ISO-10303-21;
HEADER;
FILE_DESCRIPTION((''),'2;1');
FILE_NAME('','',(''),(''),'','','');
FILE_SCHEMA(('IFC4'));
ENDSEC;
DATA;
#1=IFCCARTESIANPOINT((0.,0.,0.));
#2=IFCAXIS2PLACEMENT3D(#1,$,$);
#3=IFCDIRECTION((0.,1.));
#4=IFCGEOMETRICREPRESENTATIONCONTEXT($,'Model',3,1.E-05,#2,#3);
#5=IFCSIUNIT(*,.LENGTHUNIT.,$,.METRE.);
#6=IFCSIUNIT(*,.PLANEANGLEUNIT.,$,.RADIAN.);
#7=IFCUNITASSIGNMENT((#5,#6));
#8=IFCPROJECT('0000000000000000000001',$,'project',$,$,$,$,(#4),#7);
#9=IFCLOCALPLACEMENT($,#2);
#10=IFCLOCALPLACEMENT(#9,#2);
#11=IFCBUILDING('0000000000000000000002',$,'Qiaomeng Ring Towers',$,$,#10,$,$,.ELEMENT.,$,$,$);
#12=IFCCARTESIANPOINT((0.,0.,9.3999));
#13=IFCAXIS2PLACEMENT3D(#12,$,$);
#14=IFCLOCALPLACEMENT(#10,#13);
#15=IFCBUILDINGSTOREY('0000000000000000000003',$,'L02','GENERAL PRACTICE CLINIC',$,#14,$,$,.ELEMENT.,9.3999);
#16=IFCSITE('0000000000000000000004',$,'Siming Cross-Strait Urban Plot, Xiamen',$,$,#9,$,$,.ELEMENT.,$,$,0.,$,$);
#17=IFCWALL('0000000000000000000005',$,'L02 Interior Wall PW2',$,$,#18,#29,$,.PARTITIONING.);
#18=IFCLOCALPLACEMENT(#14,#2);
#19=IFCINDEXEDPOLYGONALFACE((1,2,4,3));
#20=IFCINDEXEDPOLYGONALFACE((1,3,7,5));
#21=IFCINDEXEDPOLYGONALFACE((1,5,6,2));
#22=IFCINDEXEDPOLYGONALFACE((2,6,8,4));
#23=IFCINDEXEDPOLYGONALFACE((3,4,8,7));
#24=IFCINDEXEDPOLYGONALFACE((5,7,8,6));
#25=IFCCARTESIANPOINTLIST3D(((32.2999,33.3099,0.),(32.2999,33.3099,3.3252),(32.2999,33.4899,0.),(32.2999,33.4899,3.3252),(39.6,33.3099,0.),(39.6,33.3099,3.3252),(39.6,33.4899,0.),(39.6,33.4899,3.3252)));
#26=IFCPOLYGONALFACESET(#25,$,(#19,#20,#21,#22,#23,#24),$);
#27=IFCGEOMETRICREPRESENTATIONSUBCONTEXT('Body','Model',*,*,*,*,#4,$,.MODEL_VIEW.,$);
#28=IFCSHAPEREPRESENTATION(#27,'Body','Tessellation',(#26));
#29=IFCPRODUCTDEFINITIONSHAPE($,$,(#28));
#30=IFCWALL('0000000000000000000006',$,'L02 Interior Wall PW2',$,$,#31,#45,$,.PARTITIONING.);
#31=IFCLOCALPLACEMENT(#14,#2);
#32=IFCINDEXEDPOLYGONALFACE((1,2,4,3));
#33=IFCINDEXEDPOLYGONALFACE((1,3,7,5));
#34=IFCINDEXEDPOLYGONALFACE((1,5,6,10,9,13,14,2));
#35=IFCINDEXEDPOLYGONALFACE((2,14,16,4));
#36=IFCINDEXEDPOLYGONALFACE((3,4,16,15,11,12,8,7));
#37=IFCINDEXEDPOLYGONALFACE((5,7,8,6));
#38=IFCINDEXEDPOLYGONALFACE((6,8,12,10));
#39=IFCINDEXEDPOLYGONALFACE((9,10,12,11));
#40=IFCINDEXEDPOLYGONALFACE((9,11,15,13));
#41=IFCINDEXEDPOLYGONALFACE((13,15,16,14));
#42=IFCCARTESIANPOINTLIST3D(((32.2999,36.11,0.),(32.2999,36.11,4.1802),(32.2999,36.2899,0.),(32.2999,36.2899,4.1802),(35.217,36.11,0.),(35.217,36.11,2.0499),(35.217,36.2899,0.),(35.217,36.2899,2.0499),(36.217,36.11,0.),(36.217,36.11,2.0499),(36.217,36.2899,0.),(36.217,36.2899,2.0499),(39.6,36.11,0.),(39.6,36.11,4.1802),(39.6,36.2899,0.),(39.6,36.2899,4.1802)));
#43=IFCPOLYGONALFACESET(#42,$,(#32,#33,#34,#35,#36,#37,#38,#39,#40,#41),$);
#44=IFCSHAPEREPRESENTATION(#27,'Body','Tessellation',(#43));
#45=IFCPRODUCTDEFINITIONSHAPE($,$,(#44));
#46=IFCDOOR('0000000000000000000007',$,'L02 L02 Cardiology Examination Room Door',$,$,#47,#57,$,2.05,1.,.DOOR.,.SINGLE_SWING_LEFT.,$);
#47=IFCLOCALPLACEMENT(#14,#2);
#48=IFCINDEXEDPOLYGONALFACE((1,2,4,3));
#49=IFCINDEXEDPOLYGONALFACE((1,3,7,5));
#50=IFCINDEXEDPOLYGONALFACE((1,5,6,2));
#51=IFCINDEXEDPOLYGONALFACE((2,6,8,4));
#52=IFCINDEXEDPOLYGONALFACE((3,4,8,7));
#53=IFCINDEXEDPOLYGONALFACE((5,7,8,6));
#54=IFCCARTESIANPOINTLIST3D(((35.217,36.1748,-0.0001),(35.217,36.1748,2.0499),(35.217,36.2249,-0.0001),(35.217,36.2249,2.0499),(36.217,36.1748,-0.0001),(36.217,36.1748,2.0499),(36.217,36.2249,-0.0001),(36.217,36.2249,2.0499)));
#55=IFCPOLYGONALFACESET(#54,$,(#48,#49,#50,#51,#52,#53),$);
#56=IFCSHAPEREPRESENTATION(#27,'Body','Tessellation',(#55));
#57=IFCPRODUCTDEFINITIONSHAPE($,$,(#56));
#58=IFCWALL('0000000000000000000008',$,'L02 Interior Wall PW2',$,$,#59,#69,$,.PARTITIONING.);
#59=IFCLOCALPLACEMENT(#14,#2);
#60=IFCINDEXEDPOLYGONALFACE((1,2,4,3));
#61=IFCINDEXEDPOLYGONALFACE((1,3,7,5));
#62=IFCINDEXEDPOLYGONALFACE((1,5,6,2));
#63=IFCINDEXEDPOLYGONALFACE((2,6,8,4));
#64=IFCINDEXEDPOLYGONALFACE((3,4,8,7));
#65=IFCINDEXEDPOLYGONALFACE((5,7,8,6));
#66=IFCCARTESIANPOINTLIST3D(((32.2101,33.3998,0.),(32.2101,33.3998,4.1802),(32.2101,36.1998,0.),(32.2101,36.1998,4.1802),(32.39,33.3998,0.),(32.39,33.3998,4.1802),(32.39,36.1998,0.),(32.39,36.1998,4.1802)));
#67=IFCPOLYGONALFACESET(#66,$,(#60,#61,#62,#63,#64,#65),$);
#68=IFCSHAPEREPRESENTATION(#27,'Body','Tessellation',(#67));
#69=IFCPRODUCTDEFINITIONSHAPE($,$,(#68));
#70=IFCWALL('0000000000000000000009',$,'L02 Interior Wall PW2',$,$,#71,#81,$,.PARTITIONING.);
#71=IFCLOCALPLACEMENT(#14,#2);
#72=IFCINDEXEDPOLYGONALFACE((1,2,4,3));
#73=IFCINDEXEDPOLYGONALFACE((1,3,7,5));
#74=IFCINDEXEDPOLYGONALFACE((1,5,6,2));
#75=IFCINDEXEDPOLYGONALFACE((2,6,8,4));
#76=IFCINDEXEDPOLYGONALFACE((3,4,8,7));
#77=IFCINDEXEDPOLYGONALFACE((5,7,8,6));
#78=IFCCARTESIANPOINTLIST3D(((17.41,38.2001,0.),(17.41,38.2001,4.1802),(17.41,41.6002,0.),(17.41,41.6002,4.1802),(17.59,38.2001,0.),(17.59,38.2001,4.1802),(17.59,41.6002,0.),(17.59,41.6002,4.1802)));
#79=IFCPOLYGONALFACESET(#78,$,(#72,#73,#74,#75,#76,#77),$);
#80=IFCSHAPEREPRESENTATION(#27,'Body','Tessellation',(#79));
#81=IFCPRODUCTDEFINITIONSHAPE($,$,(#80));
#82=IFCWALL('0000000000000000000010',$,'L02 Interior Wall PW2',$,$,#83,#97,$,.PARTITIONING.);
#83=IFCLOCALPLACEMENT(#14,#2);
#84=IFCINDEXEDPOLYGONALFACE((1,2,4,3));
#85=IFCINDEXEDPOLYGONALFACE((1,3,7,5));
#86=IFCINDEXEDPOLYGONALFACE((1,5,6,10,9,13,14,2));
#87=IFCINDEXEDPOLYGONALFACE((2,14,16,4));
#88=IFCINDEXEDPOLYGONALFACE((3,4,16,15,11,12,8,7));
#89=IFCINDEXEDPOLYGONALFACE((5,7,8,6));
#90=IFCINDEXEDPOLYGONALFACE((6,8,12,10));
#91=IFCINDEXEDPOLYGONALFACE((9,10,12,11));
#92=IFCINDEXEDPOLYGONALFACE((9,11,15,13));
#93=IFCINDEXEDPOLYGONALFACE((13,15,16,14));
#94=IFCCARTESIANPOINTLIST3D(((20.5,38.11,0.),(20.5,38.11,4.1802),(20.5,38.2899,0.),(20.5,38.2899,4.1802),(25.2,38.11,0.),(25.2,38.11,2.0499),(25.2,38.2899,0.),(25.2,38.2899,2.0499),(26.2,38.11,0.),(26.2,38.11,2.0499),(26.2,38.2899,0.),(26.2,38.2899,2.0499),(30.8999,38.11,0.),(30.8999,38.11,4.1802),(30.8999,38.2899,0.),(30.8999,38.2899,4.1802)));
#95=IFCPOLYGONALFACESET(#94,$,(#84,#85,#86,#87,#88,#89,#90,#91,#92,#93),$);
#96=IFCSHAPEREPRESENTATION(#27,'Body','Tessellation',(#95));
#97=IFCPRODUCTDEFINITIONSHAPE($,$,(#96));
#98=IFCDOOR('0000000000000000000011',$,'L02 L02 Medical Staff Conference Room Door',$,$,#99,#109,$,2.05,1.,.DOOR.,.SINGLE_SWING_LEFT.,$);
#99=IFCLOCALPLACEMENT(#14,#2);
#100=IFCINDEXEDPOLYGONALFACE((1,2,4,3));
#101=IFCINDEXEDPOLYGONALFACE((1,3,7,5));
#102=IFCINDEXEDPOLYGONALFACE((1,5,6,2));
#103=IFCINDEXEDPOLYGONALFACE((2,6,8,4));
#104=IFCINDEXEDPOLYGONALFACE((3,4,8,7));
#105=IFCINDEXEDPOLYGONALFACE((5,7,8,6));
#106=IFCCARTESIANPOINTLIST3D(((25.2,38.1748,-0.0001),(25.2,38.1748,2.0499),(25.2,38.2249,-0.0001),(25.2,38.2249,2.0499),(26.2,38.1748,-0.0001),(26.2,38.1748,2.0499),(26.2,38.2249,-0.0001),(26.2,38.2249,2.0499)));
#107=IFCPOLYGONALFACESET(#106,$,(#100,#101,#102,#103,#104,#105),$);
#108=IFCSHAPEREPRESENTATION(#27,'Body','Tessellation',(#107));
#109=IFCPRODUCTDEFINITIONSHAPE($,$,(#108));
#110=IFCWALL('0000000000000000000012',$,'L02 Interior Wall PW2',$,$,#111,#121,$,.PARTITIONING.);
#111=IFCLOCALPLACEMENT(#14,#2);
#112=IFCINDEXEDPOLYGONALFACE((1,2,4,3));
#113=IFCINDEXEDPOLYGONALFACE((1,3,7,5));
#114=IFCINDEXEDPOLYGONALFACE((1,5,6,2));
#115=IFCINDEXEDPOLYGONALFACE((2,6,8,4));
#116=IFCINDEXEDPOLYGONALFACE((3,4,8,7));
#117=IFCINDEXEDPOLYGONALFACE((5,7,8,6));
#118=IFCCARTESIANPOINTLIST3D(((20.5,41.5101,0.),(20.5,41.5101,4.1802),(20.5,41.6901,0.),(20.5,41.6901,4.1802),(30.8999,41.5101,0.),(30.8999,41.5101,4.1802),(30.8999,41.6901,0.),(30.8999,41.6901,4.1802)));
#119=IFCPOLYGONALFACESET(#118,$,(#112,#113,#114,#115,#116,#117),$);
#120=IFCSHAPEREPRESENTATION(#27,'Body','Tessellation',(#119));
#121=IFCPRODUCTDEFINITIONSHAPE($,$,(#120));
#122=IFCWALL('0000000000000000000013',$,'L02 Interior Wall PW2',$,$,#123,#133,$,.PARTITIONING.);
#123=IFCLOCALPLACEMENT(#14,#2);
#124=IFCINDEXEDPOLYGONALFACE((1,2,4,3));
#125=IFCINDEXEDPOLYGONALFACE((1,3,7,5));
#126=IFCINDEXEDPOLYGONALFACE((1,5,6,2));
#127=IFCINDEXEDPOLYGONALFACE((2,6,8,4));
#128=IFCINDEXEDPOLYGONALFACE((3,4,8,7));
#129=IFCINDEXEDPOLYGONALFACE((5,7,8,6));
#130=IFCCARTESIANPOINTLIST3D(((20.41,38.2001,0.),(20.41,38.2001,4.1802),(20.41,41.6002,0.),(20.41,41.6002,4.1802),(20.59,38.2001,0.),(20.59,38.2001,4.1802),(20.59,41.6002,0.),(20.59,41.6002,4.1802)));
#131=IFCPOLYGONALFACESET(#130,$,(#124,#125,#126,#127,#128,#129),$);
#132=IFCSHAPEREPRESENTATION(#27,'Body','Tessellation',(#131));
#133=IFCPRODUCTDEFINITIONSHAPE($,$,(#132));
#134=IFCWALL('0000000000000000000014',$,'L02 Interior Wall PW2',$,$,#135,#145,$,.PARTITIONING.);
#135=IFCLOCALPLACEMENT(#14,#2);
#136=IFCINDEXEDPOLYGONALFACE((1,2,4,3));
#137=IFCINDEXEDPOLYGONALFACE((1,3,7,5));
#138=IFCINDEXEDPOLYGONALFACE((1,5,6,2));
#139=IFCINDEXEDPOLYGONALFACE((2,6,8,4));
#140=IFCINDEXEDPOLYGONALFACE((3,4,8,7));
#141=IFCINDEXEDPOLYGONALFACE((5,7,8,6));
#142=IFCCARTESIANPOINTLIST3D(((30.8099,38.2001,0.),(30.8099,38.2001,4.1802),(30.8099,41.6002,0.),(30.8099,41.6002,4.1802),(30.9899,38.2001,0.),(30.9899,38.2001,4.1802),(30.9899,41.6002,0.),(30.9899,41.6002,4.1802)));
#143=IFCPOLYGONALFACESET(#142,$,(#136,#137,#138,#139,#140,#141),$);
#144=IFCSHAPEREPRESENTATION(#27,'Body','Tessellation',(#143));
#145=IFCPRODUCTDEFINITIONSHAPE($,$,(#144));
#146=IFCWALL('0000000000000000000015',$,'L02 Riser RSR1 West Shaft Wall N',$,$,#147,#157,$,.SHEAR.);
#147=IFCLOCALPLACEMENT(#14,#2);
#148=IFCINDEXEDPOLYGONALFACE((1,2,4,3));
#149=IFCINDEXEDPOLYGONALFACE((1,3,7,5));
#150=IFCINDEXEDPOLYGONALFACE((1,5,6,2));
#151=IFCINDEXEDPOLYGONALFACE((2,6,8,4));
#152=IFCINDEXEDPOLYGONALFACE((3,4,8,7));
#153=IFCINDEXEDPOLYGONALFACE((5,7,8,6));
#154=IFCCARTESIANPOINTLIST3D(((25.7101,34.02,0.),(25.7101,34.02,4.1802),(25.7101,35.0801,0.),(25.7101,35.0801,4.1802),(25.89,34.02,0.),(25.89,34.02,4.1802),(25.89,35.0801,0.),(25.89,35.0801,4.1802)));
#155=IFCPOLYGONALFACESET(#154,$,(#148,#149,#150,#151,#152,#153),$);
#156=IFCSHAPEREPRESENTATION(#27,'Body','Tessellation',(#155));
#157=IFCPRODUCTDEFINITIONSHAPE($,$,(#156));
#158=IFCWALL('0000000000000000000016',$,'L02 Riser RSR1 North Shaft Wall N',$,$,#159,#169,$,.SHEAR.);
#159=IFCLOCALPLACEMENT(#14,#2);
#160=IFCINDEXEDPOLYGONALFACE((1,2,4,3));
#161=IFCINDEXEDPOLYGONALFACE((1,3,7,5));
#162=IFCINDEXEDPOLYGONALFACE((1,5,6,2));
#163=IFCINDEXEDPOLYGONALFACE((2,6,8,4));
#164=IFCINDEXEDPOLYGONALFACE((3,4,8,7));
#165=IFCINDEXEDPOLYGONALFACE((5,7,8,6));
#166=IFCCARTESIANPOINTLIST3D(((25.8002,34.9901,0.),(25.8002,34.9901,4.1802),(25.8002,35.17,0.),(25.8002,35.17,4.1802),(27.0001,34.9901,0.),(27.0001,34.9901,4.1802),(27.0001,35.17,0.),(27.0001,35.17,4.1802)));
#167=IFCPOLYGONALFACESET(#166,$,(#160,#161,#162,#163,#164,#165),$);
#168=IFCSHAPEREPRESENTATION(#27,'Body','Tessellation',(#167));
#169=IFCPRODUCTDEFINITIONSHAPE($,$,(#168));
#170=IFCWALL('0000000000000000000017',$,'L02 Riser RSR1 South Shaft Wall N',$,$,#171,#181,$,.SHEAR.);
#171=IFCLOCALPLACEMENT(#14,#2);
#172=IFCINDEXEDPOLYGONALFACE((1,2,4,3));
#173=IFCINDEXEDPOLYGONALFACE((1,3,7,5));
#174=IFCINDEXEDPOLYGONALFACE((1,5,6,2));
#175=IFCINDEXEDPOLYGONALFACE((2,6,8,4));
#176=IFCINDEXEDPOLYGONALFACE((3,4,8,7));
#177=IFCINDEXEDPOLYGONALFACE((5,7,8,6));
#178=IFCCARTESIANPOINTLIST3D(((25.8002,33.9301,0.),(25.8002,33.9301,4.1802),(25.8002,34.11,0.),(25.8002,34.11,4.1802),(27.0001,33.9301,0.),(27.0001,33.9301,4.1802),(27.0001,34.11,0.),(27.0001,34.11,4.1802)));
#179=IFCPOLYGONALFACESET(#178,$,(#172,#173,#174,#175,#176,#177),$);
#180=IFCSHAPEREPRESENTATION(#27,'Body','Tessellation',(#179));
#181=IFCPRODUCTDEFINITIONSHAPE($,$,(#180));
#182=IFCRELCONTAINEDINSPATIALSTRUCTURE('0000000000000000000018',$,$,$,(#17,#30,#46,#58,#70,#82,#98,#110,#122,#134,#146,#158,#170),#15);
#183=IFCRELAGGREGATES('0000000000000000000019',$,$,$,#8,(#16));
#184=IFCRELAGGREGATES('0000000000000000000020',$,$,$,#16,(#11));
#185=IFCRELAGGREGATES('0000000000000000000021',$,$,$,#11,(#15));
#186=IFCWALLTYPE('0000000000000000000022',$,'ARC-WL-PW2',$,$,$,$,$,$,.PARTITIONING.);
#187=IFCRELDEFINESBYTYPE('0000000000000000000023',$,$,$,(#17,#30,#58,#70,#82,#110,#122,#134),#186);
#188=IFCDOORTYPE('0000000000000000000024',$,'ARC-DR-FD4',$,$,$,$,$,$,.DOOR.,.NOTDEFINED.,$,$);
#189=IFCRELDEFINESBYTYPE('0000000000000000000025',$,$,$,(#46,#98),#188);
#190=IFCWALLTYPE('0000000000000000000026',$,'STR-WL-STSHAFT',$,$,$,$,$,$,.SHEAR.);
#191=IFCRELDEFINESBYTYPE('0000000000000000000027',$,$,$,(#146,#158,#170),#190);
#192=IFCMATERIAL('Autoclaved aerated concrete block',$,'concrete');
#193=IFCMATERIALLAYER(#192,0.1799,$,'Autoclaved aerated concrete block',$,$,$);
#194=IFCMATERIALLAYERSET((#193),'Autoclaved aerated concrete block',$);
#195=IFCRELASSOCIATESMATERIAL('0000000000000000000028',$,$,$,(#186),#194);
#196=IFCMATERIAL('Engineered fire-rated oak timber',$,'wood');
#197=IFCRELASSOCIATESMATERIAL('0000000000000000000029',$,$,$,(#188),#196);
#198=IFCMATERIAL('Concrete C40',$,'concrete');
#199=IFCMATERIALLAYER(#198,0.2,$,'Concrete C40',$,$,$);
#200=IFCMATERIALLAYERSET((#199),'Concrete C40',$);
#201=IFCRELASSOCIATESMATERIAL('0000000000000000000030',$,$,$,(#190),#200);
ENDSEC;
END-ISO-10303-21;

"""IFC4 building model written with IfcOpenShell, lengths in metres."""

from ifc_helpers import new_model, si_unit, direction, frame, frame_2d, origin, place, context, subcontext, project, spatial, rectangle, extrude, source, transform, mapped, material, layer, layer_set, type_object, element, fill, save


model = new_model("IFC4")

# Units and contexts
model_context = context("Model", 3, precision=1e-05, world=origin(), true_north=direction((0.0, 1.0)))
body_context = subcontext(model_context, "Body", "Model", "MODEL_VIEW")
ifc_project = project(units=[si_unit("LENGTHUNIT", "METRE"), si_unit("PLANEANGLEUNIT", "RADIAN")], contexts=[model_context])

# Site, building, storey
site_placement = place(None, origin())
site = spatial("IfcSite", under=ifc_project, at=site_placement, Name="Siming Cross-Strait Urban Plot, Xiamen", CompositionType="ELEMENT", RefElevation=0.0)
building_placement = place(site_placement, origin())
building = spatial("IfcBuilding", under=site, at=building_placement, Name="Qiaomeng Ring Towers", CompositionType="ELEMENT")
storey_placement = place(building_placement, frame((0.0, 0.0, 9.3999)))
storey = spatial("IfcBuildingStorey", under=building, at=storey_placement, Name="L02", Description="GENERAL PRACTICE CLINIC", CompositionType="ELEMENT", Elevation=9.3999)

# Wall
ifc_material_1 = material(Name="Autoclaved aerated concrete block", Category="concrete")
ifc_layer_1 = layer(ifc_material_1, 0.1799, Name="Autoclaved aerated concrete block")
ifc_layer_set_1 = layer_set([ifc_layer_1], Name="Autoclaved aerated concrete block")
wall_type_1 = type_object("IfcWallType", Name="ARC-WL-PW2", PredefinedType="PARTITIONING", material=ifc_layer_set_1)
wall_1_placement = place(storey_placement, frame((32.3, 33.3999, 0.0), z_axis=(0.0, 0.0, 1.0), x_axis=(1.0, 0.0, 0.0)))
element("IfcWall", 1, at=wall_1_placement, inside=storey, type_object=wall_type_1, Name="L02 Interior Wall PW2", PredefinedType="PARTITIONING", context=body_context, shape_type="SweptSolid", body=[
    extrude(rectangle(XDim=7.3, YDim=0.1799, at=frame_2d((3.6499, 0.0))), origin(), (0.0, 0.0, 1.0), 3.3252),
])

# Wall, opening, door
wall_2_placement = place(storey_placement, frame((32.3, 36.2, 0.0), z_axis=(0.0, 0.0, 1.0), x_axis=(1.0, 0.0, 0.0)))
wall_2 = element("IfcWall", 2, at=wall_2_placement, inside=storey, type_object=wall_type_1, Name="L02 Interior Wall PW2", PredefinedType="PARTITIONING", context=body_context, shape_type="SweptSolid", body=[
    extrude(rectangle(XDim=7.3, YDim=0.1799, at=frame_2d((3.6499, 0.0))), origin(), (0.0, 0.0, 1.0), 4.1802),
])
opening_1_placement = place(wall_2_placement, frame((2.917, 0.0, 0.0)))
opening_1 = element("IfcOpeningElement", 3, at=opening_1_placement, cuts=wall_2, PredefinedType="OPENING", context=body_context, shape_type="SweptSolid", body=[
    extrude(rectangle(XDim=1.0, YDim=2.05, at=frame_2d((0.5, 1.0249))), frame((0.0, 0.0999, 0.0), z_axis=(0.0, -1.0, 0.0), x_axis=(1.0, 0.0, 0.0)), (0.0, 0.0, 1.0), 0.2),
])
ifc_material_2 = material(Name="Engineered fire-rated oak timber", Category="wood")
door_type_1 = type_object("IfcDoorType", Name="ARC-DR-FD4", OperationType="NOTDEFINED", PredefinedType="DOOR", material=ifc_material_2)
shared_shape_1 = source(origin(), body_context, "Body", "SweptSolid", [
    extrude(rectangle(XDim=1.0, YDim=2.05, at=frame_2d((0.5, 1.0249))), frame((0.0, 0.0249, 0.0), z_axis=(0.0, -1.0, 0.0), x_axis=(1.0, 0.0, 0.0)), (0.0, 0.0, 1.0), 0.05),
])
door_1_placement = place(opening_1_placement, origin())
door_1 = element("IfcDoor", 4, at=door_1_placement, inside=storey, type_object=door_type_1, Name="L02 L02 Cardiology Examination Room Door", OperationType="SINGLE_SWING_LEFT", OverallHeight=2.05, OverallWidth=1.0, PredefinedType="DOOR", context=body_context, shape_type="MappedRepresentation", body=[
    mapped(shared_shape_1, transform((0.0, 0.0, 0.0), x_axis=(1.0, 0.0, 0.0), y_axis=(0.0, 1.0, 0.0), z_axis=(0.0, 0.0, 1.0), scale=1.0)),
])
fill(opening_1, door_1)

# Walls
wall_3_placement = place(storey_placement, frame((32.3, 33.3999, 0.0), z_axis=(0.0, 0.0, 1.0), x_axis=(0.0, 1.0, 0.0)))
element("IfcWall", 5, at=wall_3_placement, inside=storey, type_object=wall_type_1, Name="L02 Interior Wall PW2", PredefinedType="PARTITIONING", context=body_context, shape_type="SweptSolid", body=[
    extrude(rectangle(XDim=2.8, YDim=0.1799, at=frame_2d((1.3999, 0.0))), origin(), (0.0, 0.0, 1.0), 4.1802),
])
wall_4_placement = place(storey_placement, frame((17.5, 38.2, 0.0), z_axis=(0.0, 0.0, 1.0), x_axis=(0.0, 1.0, 0.0)))
element("IfcWall", 6, at=wall_4_placement, inside=storey, type_object=wall_type_1, Name="L02 Interior Wall PW2", PredefinedType="PARTITIONING", context=body_context, shape_type="SweptSolid", body=[
    extrude(rectangle(XDim=3.4001, YDim=0.1799, at=frame_2d((1.7002, 0.0))), origin(), (0.0, 0.0, 1.0), 4.1802),
])

# Wall, opening, door
wall_5_placement = place(storey_placement, frame((20.5, 38.2, 0.0), z_axis=(0.0, 0.0, 1.0), x_axis=(1.0, 0.0, 0.0)))
wall_5 = element("IfcWall", 7, at=wall_5_placement, inside=storey, type_object=wall_type_1, Name="L02 Interior Wall PW2", PredefinedType="PARTITIONING", context=body_context, shape_type="SweptSolid", body=[
    extrude(rectangle(XDim=10.3999, YDim=0.1799, at=frame_2d((5.2, 0.0))), origin(), (0.0, 0.0, 1.0), 4.1802),
])
opening_2_placement = place(wall_5_placement, frame((4.7, 0.0, 0.0)))
opening_2 = element("IfcOpeningElement", 8, at=opening_2_placement, cuts=wall_5, PredefinedType="OPENING", context=body_context, shape_type="SweptSolid", body=[
    extrude(rectangle(XDim=1.0, YDim=2.05, at=frame_2d((0.5, 1.0249))), frame((0.0, 0.0999, 0.0), z_axis=(0.0, -1.0, 0.0), x_axis=(1.0, 0.0, 0.0)), (0.0, 0.0, 1.0), 0.2),
])
door_2_placement = place(opening_2_placement, origin())
door_2 = element("IfcDoor", 9, at=door_2_placement, inside=storey, type_object=door_type_1, Name="L02 L02 Medical Staff Conference Room Door", OperationType="SINGLE_SWING_LEFT", OverallHeight=2.05, OverallWidth=1.0, PredefinedType="DOOR", context=body_context, shape_type="MappedRepresentation", body=[
    mapped(shared_shape_1, transform((0.0, 0.0, 0.0), x_axis=(1.0, 0.0, 0.0), y_axis=(0.0, 1.0, 0.0), z_axis=(0.0, 0.0, 1.0), scale=1.0)),
])
fill(opening_2, door_2)

# Walls
wall_6_placement = place(storey_placement, frame((20.5, 41.6001, 0.0), z_axis=(0.0, 0.0, 1.0), x_axis=(1.0, 0.0, 0.0)))
element("IfcWall", 10, at=wall_6_placement, inside=storey, type_object=wall_type_1, Name="L02 Interior Wall PW2", PredefinedType="PARTITIONING", context=body_context, shape_type="SweptSolid", body=[
    extrude(rectangle(XDim=10.3999, YDim=0.1799, at=frame_2d((5.2, 0.0))), origin(), (0.0, 0.0, 1.0), 4.1802),
])
for number, where, z_axis, x_axis, name in (
    (11, (20.5, 38.2, 0.0), (0.0, 0.0, 1.0), (0.0, 1.0, 0.0), "L02 Interior Wall PW2"),
    (12, (30.8999, 38.2, 0.0), (0.0, 0.0, 1.0), (0.0, 1.0, 0.0), "L02 Interior Wall PW2"),
):
    element("IfcWall", number, at=place(storey_placement, frame(where, z_axis=z_axis, x_axis=x_axis)), inside=storey, type_object=wall_type_1, Name=name, PredefinedType="PARTITIONING", context=body_context, shape_type="SweptSolid", body=[
        extrude(rectangle(XDim=3.4001, YDim=0.1799, at=frame_2d((1.7002, 0.0))), origin(), (0.0, 0.0, 1.0), 4.1802),
    ])
ifc_material_3 = material(Name="Concrete C40", Category="concrete")
ifc_layer_2 = layer(ifc_material_3, 0.2, Name="Concrete C40")
ifc_layer_set_2 = layer_set([ifc_layer_2], Name="Concrete C40")
wall_type_2 = type_object("IfcWallType", Name="STR-WL-STSHAFT", PredefinedType="SHEAR", material=ifc_layer_set_2)
wall_7_placement = place(storey_placement, frame((25.8, 34.02, 0.0), z_axis=(0.0, 0.0, 1.0), x_axis=(0.0, 1.0, 0.0)))
element("IfcWall", 13, at=wall_7_placement, inside=storey, type_object=wall_type_2, Name="L02 Riser RSR1 West Shaft Wall N", PredefinedType="SHEAR", context=body_context, shape_type="SweptSolid", body=[
    extrude(rectangle(XDim=1.0601, YDim=0.1799, at=frame_2d((0.53, 0.0))), origin(), (0.0, 0.0, 1.0), 4.1802),
])
for number, where, z_axis, x_axis, name in (
    (14, (25.8, 35.0801, 0.0), (0.0, 0.0, 1.0), (1.0, 0.0, 0.0), "L02 Riser RSR1 North Shaft Wall N"),
    (15, (25.8, 34.02, 0.0), (0.0, 0.0, 1.0), (1.0, 0.0, 0.0), "L02 Riser RSR1 South Shaft Wall N"),
):
    element("IfcWall", number, at=place(storey_placement, frame(where, z_axis=z_axis, x_axis=x_axis)), inside=storey, type_object=wall_type_2, Name=name, PredefinedType="SHEAR", context=body_context, shape_type="SweptSolid", body=[
        extrude(rectangle(XDim=1.2, YDim=0.1799, at=frame_2d((0.6001, 0.0))), origin(), (0.0, 0.0, 1.0), 4.1802),
    ])

save(model, "model.ifc")
